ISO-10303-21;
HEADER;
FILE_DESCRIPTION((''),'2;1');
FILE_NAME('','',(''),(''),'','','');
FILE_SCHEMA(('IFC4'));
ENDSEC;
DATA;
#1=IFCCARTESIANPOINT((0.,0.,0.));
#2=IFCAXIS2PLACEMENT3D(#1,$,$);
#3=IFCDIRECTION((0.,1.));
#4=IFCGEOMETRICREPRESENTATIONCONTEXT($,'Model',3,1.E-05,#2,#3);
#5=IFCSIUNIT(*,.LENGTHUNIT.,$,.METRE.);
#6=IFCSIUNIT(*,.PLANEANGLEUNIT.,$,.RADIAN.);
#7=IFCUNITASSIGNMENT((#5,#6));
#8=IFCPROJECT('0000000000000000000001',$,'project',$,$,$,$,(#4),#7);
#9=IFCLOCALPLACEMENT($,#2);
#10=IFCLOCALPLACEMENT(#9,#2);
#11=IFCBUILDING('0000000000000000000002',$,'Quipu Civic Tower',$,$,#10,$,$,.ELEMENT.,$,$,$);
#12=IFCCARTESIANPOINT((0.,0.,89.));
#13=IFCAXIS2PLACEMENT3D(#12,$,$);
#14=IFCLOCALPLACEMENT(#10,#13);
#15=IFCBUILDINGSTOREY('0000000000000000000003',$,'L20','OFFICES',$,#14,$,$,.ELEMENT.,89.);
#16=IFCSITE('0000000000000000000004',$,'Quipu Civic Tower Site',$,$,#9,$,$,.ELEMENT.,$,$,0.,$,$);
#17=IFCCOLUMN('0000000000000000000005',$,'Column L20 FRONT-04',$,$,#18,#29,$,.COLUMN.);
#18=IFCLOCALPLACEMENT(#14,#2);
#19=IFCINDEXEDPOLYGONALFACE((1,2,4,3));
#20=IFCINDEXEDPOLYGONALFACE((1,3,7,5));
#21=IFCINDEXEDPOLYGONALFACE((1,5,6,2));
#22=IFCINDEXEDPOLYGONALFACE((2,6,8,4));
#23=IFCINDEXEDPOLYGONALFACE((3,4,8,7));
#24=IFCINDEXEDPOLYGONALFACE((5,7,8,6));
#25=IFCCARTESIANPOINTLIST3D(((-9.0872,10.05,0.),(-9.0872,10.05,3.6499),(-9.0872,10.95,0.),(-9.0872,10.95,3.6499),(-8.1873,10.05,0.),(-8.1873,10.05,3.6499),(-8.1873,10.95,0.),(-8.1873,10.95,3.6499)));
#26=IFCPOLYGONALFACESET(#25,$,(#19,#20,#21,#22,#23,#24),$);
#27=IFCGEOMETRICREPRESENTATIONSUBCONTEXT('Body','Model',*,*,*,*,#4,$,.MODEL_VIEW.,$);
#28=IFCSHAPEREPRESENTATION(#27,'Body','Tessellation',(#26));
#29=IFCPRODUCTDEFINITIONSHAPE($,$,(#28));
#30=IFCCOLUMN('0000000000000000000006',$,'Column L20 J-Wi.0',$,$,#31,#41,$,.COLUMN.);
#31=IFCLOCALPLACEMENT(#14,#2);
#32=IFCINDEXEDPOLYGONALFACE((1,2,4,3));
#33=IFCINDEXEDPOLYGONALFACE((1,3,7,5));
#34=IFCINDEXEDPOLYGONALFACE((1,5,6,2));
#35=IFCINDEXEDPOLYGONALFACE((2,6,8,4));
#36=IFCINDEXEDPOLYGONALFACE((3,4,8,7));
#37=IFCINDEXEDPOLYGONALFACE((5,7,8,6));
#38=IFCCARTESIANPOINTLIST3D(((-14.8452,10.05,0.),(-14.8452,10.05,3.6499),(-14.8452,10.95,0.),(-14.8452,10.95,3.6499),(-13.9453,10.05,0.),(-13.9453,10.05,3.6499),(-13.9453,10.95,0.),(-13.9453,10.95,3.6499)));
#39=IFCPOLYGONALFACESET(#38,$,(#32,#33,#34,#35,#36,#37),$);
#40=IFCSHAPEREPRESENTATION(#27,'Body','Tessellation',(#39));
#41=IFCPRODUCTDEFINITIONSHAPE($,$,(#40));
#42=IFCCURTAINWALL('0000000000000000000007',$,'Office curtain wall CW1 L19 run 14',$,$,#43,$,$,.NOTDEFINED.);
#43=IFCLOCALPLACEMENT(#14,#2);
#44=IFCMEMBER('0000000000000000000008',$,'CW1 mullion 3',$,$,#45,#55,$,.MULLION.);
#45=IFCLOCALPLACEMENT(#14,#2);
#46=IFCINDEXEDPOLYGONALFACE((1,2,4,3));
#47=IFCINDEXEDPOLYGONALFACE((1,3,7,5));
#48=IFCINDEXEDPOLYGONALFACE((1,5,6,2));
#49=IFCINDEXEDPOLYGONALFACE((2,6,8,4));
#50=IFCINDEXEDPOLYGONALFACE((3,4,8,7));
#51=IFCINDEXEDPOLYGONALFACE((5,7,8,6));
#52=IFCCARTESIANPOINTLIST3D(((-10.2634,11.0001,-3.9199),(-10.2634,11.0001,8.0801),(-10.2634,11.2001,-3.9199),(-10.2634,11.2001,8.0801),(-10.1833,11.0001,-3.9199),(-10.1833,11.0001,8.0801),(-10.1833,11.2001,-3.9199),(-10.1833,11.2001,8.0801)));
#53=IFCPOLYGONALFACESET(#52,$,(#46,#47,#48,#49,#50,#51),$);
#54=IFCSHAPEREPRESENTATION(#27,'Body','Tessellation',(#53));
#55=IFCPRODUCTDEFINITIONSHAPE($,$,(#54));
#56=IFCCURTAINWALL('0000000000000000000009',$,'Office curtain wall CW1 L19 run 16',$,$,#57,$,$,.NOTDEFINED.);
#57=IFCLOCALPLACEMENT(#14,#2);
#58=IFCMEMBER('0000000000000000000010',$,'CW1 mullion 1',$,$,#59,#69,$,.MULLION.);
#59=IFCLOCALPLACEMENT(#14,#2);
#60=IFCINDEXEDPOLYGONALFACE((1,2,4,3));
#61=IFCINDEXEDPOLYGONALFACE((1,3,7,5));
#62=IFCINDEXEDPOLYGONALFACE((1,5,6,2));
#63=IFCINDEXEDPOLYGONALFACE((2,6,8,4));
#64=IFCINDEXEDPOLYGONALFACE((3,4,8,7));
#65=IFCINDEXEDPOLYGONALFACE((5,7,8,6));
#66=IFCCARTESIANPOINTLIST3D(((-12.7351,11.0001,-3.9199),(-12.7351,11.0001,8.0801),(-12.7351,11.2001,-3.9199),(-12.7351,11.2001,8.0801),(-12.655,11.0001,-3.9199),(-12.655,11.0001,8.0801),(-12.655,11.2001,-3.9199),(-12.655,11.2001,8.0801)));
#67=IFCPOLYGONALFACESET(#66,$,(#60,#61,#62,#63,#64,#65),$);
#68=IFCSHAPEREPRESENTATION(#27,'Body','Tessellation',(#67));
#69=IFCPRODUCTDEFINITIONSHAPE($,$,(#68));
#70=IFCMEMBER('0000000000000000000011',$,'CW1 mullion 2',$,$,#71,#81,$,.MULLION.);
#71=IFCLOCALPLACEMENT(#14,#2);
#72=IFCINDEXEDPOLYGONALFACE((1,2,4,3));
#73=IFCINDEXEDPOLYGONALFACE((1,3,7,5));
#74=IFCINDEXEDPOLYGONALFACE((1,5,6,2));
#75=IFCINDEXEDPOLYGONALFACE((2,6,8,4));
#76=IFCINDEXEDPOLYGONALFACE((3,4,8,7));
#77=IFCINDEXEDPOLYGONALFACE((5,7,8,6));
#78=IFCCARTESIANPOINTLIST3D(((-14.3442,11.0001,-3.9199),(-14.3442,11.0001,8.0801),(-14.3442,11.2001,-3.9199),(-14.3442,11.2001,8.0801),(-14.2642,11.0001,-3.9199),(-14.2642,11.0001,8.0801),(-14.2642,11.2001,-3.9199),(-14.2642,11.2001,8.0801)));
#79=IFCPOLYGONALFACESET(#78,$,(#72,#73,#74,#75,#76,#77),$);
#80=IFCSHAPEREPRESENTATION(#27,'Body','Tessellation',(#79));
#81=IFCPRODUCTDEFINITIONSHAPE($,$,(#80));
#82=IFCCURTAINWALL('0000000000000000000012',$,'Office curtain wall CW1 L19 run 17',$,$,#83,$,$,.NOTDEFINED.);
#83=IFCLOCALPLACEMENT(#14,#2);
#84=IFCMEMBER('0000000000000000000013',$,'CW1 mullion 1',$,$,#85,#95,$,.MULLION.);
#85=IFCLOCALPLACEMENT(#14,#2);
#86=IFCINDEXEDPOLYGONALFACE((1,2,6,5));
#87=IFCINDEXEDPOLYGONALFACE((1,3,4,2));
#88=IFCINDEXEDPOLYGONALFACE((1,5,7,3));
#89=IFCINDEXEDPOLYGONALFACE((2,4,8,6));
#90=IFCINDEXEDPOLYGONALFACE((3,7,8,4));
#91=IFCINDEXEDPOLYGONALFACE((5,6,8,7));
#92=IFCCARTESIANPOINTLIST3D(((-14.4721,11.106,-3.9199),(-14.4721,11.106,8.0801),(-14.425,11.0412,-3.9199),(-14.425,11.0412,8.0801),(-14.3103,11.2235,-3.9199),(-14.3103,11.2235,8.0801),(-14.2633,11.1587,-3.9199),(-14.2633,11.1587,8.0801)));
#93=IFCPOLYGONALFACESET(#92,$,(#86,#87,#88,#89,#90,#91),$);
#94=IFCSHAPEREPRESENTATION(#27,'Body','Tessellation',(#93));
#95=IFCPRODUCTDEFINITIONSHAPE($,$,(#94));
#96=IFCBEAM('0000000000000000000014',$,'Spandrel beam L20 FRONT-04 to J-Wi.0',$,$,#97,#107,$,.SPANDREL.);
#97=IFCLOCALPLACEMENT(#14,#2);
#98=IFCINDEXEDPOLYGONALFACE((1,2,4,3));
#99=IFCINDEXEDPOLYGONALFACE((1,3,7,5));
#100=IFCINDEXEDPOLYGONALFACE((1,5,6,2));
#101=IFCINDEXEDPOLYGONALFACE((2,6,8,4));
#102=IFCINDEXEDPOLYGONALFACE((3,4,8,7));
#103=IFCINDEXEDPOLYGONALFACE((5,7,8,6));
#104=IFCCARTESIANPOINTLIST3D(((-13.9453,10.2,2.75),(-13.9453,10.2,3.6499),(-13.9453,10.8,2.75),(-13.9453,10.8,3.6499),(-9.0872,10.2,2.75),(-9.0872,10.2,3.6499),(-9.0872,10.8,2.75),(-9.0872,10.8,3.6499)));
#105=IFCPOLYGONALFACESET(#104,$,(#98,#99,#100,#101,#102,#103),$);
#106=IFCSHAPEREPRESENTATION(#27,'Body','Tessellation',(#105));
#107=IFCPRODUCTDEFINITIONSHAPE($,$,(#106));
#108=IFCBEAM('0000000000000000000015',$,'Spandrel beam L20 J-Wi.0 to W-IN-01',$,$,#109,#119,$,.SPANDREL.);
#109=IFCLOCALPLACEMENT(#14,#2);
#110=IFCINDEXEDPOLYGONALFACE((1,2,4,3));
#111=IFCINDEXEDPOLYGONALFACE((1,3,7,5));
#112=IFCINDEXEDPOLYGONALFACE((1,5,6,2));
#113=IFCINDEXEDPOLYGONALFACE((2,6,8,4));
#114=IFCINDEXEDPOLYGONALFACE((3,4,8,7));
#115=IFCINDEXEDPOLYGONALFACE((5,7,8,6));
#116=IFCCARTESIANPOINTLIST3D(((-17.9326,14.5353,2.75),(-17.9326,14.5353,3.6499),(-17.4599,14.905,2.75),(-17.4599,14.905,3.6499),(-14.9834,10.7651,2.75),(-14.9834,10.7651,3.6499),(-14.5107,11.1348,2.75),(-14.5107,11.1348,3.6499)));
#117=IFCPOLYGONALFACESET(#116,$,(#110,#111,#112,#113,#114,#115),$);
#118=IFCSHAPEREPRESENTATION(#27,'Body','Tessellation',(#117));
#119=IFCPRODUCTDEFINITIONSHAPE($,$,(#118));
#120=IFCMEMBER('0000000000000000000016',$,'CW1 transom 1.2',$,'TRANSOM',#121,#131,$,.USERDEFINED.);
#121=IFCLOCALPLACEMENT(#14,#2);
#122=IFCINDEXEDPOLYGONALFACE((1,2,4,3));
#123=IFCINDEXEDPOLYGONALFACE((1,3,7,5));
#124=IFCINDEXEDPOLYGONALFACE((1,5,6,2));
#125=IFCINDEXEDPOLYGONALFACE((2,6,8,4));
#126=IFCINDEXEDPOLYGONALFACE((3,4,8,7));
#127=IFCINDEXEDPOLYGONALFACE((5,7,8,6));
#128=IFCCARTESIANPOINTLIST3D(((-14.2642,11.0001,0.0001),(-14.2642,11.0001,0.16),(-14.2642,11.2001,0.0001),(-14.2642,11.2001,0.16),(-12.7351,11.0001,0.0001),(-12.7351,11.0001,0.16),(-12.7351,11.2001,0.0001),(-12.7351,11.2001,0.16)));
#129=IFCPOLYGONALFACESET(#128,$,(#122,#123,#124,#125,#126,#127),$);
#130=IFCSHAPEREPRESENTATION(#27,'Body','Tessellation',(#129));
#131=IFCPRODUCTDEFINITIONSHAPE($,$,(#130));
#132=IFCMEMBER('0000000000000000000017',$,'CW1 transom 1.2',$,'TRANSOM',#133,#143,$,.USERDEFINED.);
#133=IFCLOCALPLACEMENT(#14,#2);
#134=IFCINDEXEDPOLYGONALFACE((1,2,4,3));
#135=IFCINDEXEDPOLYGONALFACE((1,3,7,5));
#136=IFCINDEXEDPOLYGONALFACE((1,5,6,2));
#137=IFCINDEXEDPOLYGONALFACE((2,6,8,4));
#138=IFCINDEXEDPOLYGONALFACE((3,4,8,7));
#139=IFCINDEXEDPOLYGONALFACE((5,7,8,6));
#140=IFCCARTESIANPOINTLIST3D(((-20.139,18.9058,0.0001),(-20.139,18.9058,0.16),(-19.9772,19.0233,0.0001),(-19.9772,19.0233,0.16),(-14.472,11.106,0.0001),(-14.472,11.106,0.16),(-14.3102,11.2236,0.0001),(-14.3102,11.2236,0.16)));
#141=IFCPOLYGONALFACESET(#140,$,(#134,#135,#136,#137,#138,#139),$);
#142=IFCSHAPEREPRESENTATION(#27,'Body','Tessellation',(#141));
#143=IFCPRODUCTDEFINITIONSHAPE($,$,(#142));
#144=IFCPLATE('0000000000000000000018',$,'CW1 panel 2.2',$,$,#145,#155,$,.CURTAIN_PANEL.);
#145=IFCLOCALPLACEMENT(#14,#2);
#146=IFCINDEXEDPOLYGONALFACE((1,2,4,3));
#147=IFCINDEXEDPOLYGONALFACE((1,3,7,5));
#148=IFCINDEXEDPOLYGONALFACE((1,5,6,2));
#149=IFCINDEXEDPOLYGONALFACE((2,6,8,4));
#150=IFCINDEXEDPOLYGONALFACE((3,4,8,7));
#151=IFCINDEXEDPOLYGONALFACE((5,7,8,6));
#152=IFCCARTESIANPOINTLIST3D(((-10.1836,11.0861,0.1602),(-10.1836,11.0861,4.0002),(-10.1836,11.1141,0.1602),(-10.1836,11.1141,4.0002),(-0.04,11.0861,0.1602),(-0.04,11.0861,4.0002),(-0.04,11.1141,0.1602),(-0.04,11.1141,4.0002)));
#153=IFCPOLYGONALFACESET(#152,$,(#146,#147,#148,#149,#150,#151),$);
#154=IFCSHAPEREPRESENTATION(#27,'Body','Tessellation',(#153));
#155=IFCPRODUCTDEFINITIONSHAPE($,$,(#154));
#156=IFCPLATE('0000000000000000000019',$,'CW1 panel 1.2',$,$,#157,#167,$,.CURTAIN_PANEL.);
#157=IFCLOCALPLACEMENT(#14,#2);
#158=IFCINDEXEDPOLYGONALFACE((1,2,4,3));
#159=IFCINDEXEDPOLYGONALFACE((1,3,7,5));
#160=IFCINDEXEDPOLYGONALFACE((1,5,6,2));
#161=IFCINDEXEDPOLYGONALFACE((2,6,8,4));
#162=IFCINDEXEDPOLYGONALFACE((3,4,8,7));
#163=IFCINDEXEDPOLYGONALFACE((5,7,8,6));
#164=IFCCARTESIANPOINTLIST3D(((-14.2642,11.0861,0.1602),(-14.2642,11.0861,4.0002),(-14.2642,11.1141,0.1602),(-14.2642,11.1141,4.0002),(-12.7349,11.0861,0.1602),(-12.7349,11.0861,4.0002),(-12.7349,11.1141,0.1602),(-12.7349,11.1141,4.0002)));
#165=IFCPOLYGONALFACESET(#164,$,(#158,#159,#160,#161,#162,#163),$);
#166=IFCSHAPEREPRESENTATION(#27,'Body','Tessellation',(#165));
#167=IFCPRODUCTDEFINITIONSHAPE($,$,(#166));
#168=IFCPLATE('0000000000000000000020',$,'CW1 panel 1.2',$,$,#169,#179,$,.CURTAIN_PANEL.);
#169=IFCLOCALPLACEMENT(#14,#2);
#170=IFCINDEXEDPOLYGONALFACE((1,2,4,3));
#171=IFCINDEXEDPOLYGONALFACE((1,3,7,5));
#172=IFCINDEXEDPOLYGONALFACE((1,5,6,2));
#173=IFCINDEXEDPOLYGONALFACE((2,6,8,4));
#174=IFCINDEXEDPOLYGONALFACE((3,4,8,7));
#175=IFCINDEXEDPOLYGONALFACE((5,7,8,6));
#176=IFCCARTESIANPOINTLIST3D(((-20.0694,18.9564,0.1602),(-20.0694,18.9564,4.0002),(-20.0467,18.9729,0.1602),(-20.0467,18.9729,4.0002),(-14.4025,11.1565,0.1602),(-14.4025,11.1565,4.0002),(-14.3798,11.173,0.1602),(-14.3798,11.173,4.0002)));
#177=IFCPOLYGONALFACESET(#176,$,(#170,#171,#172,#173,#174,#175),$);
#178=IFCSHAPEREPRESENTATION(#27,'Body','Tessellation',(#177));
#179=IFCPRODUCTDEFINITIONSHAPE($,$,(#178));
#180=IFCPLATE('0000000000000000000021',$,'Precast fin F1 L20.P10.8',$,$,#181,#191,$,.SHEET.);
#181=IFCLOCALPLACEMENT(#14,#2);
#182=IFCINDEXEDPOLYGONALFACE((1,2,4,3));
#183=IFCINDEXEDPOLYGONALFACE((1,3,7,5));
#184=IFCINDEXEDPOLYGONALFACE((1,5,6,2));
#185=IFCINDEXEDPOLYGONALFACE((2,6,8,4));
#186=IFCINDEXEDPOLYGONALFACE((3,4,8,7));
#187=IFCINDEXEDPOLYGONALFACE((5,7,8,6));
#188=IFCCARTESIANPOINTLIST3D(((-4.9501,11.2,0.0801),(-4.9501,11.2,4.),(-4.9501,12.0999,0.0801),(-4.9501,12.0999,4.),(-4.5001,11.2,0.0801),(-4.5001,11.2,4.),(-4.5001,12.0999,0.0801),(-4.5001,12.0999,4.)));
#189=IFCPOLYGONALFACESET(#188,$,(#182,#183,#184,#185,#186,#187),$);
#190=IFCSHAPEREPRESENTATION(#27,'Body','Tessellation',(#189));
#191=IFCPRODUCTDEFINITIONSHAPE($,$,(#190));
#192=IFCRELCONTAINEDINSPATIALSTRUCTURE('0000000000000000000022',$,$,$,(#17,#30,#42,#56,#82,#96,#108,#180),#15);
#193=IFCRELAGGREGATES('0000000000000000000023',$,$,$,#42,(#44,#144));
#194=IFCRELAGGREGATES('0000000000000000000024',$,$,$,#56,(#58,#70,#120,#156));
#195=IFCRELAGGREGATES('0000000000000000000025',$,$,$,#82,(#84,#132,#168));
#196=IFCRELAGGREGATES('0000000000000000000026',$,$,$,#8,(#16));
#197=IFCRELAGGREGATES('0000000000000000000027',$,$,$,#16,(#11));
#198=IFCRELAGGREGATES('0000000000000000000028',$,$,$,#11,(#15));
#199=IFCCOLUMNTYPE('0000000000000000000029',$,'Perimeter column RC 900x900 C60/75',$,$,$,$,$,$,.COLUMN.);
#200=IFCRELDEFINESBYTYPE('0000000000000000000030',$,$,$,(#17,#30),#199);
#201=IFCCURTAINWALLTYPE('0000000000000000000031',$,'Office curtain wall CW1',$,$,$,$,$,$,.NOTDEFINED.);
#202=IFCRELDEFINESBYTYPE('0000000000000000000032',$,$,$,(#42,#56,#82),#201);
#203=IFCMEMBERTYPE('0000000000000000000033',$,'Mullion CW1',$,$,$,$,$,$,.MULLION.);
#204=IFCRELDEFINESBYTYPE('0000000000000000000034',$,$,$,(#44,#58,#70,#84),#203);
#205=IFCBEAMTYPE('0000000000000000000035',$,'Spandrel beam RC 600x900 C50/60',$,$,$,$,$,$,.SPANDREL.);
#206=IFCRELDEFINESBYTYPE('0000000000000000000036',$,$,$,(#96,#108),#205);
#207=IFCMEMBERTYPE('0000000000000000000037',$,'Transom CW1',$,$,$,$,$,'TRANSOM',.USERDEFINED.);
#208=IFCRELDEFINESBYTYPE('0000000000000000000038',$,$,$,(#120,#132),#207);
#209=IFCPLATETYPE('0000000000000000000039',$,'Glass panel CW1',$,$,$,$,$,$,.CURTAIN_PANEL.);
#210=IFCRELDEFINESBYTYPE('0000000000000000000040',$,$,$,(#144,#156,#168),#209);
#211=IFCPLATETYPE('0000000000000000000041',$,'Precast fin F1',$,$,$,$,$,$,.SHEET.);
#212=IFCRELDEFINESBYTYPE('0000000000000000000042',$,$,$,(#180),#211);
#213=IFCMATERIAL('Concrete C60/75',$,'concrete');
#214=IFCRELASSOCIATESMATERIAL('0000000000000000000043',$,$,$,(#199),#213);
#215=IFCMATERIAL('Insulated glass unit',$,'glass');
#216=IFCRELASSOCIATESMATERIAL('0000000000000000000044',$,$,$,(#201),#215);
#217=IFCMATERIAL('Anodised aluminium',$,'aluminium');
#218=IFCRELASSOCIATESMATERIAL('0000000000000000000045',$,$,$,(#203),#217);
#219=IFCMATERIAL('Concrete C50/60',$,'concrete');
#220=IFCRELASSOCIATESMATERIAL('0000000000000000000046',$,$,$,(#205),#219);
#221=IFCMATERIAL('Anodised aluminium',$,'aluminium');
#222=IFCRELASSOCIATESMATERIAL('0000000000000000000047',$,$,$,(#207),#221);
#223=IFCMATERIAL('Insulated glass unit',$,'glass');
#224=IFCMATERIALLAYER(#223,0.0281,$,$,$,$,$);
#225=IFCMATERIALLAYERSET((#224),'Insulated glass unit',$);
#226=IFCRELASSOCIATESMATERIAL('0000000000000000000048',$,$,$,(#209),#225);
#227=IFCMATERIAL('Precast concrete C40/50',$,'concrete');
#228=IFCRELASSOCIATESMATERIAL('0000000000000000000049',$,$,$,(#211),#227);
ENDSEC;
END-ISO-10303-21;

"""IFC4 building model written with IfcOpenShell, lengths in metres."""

from ifc_helpers import new_model, si_unit, direction, frame, origin, origin_2d, place, context, subcontext, project, spatial, rectangle, extrude, material, layer, layer_set, material_profile, profile_set, type_object, element, aggregate, save


model = new_model("IFC4")

# Units and contexts
model_context = context("Model", 3, precision=1e-05, world=origin(), true_north=direction((0.0, 1.0)))
body_context = subcontext(model_context, "Body", "Model", "MODEL_VIEW")
ifc_project = project(units=[si_unit("LENGTHUNIT", "METRE"), si_unit("PLANEANGLEUNIT", "RADIAN")], contexts=[model_context])

# Site, building, storey
site_placement = place(None, origin())
site = spatial("IfcSite", under=ifc_project, at=site_placement, Name="Quipu Civic Tower Site", CompositionType="ELEMENT", RefElevation=0.0)
building_placement = place(site_placement, origin())
building = spatial("IfcBuilding", under=site, at=building_placement, Name="Quipu Civic Tower", CompositionType="ELEMENT")
storey_placement = place(building_placement, frame((0.0, 0.0, 89.0)))
storey = spatial("IfcBuildingStorey", under=building, at=storey_placement, Name="L20", Description="OFFICES", CompositionType="ELEMENT", Elevation=89.0)

# Columns
ifc_material_1 = material(Name="Concrete C60/75", Category="concrete")
ifc_material_profile_1 = material_profile(ifc_material_1, rectangle(XDim=0.8999, YDim=0.8999, at=origin_2d()), Name="RC900x900")
ifc_profile_set_1 = profile_set([ifc_material_profile_1], Name="Concrete C60/75")
column_type = type_object("IfcColumnType", Name="Perimeter column RC 900x900 C60/75", PredefinedType="COLUMN", material=ifc_profile_set_1)
for number, where, z_axis, x_axis, name in (
    (1, (-8.6372, 10.5, 0.0), (0.0, 0.0, 1.0), (-1.0, 0.0, 0.0), "Column L20 FRONT-04"),
    (2, (-14.3953, 10.5, 0.0), (0.0, 0.0, 1.0), (-1.0, 0.0, 0.0), "Column L20 J-Wi.0"),
):
    element("IfcColumn", number, at=place(storey_placement, frame(where, z_axis=z_axis, x_axis=x_axis)), inside=storey, type_object=column_type, Name=name, PredefinedType="COLUMN", context=body_context, shape_type="SweptSolid", body=[
        extrude(rectangle(XDim=0.8999, YDim=0.8999, at=origin_2d()), origin(), (0.0, 0.0, 1.0), 3.6499),
    ])

# Curtain wall, member
ifc_material_2 = material(Name="Insulated glass unit", Category="glass")
curtain_wall_type = type_object("IfcCurtainWallType", Name="Office curtain wall CW1", PredefinedType="NOTDEFINED", material=ifc_material_2)
curtain_wall_1_placement = place(storey_placement, origin())
curtain_wall_1 = element("IfcCurtainWall", 3, at=curtain_wall_1_placement, inside=storey, type_object=curtain_wall_type, Name="Office curtain wall CW1 L19 run 14", PredefinedType="NOTDEFINED")
ifc_material_3 = material(Name="Anodised aluminium", Category="aluminium")
ifc_material_profile_2 = material_profile(ifc_material_3, rectangle(XDim=0.2, YDim=0.0801, at=origin_2d()), Name="RECT 200x80")
ifc_profile_set_2 = profile_set([ifc_material_profile_2], Name="Anodised aluminium")
member_type_1 = type_object("IfcMemberType", Name="Mullion CW1", PredefinedType="MULLION", material=ifc_profile_set_2)
member_1_placement = place(storey_placement, frame((-10.2234, 11.1001, -3.9199), z_axis=(0.0, 0.0, 1.0), x_axis=(0.0, -1.0, 0.0)))
member_1 = element("IfcMember", 4, at=member_1_placement, type_object=member_type_1, Name="CW1 mullion 3", PredefinedType="MULLION", context=body_context, shape_type="SweptSolid", body=[
    extrude(rectangle(XDim=0.2, YDim=0.0801, at=origin_2d()), origin(), (0.0, 0.0, 1.0), 12.0),
])

# Curtain wall, members
curtain_wall_2_placement = place(storey_placement, origin())
curtain_wall_2 = element("IfcCurtainWall", 5, at=curtain_wall_2_placement, inside=storey, type_object=curtain_wall_type, Name="Office curtain wall CW1 L19 run 16", PredefinedType="NOTDEFINED")
member_2_placement = place(storey_placement, frame((-12.6951, 11.1001, -3.9199), z_axis=(0.0, 0.0, 1.0), x_axis=(0.0, -1.0, 0.0)))
member_2 = element("IfcMember", 6, at=member_2_placement, type_object=member_type_1, Name="CW1 mullion 1", PredefinedType="MULLION", context=body_context, shape_type="SweptSolid", body=[
    extrude(rectangle(XDim=0.2, YDim=0.0801, at=origin_2d()), origin(), (0.0, 0.0, 1.0), 12.0),
])
member_3_placement = place(storey_placement, frame((-14.3042, 11.1001, -3.9199), z_axis=(0.0, 0.0, 1.0), x_axis=(0.0, -1.0, 0.0)))
member_3 = element("IfcMember", 7, at=member_3_placement, type_object=member_type_1, Name="CW1 mullion 2", PredefinedType="MULLION", context=body_context, shape_type="SweptSolid", body=[
    extrude(rectangle(XDim=0.2, YDim=0.0801, at=origin_2d()), origin(), (0.0, 0.0, 1.0), 12.0),
])

# Curtain wall, member
curtain_wall_3_placement = place(storey_placement, origin())
curtain_wall_3 = element("IfcCurtainWall", 8, at=curtain_wall_3_placement, inside=storey, type_object=curtain_wall_type, Name="Office curtain wall CW1 L19 run 17", PredefinedType="NOTDEFINED")
member_4_placement = place(storey_placement, frame((-14.3677, 11.1323, -3.9199), z_axis=(0.0, 0.0, 1.0), x_axis=(-0.809017, -0.587786, 0.0)))
member_4 = element("IfcMember", 9, at=member_4_placement, type_object=member_type_1, Name="CW1 mullion 1", PredefinedType="MULLION", context=body_context, shape_type="SweptSolid", body=[
    extrude(rectangle(XDim=0.2, YDim=0.0801, at=origin_2d()), origin(), (0.0, 0.0, 1.0), 12.0),
])

# Beams
ifc_material_4 = material(Name="Concrete C50/60", Category="concrete")
ifc_material_profile_3 = material_profile(ifc_material_4, rectangle(XDim=0.6001, YDim=0.8999, at=origin_2d()), Name="RC600x900")
ifc_profile_set_3 = profile_set([ifc_material_profile_3], Name="Concrete C50/60")
beam_type = type_object("IfcBeamType", Name="Spandrel beam RC 600x900 C50/60", PredefinedType="SPANDREL", material=ifc_profile_set_3)
beam_1_placement = place(storey_placement, frame((-9.0872, 10.5, 3.2), z_axis=(-1.0, 0.0, 0.0), x_axis=(0.0, -1.0, 0.0)))
element("IfcBeam", 10, at=beam_1_placement, inside=storey, type_object=beam_type, Name="Spandrel beam L20 FRONT-04 to J-Wi.0", PredefinedType="SPANDREL", context=body_context, shape_type="SweptSolid", body=[
    extrude(rectangle(XDim=0.6001, YDim=0.8999, at=origin_2d()), origin(), (0.0, 0.0, 1.0), 4.8582),
])
beam_2_placement = place(storey_placement, frame((-14.7471, 10.95, 3.2), z_axis=(-0.616124, 0.787649, 0.0), x_axis=(-0.787649, -0.616124, 0.0)))
element("IfcBeam", 11, at=beam_2_placement, inside=storey, type_object=beam_type, Name="Spandrel beam L20 J-Wi.0 to W-IN-01", PredefinedType="SPANDREL", context=body_context, shape_type="SweptSolid", body=[
    extrude(rectangle(XDim=0.6001, YDim=0.8999, at=origin_2d()), origin(), (0.0, 0.0, 1.0), 4.7866),
])

# Members
ifc_material_5 = material(Name="Anodised aluminium", Category="aluminium")
ifc_material_profile_4 = material_profile(ifc_material_5, rectangle(XDim=0.2, YDim=0.1599, at=origin_2d()), Name="RECT 200x160")
ifc_profile_set_4 = profile_set([ifc_material_profile_4], Name="Anodised aluminium")
member_type_2 = type_object("IfcMemberType", Name="Transom CW1", ElementType="TRANSOM", PredefinedType="USERDEFINED", material=ifc_profile_set_4)
member_5_placement = place(storey_placement, frame((-12.7351, 11.1001, 0.0801), z_axis=(-1.0, 0.0, 0.0), x_axis=(0.0, -1.0, 0.0)))
member_5 = element("IfcMember", 12, at=member_5_placement, type_object=member_type_2, Name="CW1 transom 1.2", ObjectType="TRANSOM", PredefinedType="USERDEFINED", context=body_context, shape_type="SweptSolid", body=[
    extrude(rectangle(XDim=0.2, YDim=0.1599, at=origin_2d()), origin(), (0.0, 0.0, 1.0), 1.5291),
])
member_6_placement = place(storey_placement, frame((-14.3911, 11.1648, 0.0801), z_axis=(-0.587792, 0.809012, 0.0), x_axis=(-0.809012, -0.587792, 0.0)))
member_6 = element("IfcMember", 13, at=member_6_placement, type_object=member_type_2, Name="CW1 transom 1.2", ObjectType="TRANSOM", PredefinedType="USERDEFINED", context=body_context, shape_type="SweptSolid", body=[
    extrude(rectangle(XDim=0.2, YDim=0.1599, at=origin_2d()), origin(), (0.0, 0.0, 1.0), 9.6411),
])

# Plates
ifc_material_6 = material(Name="Insulated glass unit", Category="glass")
ifc_layer_1 = layer(ifc_material_6, 0.0281)
ifc_layer_set_1 = layer_set([ifc_layer_1], Name="Insulated glass unit")
plate_type_1 = type_object("IfcPlateType", Name="Glass panel CW1", PredefinedType="CURTAIN_PANEL", material=ifc_layer_set_1)
plate_1_placement = place(storey_placement, frame((-5.1118, 11.1001, 0.1602), z_axis=(0.0, 0.0, 1.0), x_axis=(-1.0, 0.0, 0.0)))
plate_1 = element("IfcPlate", 14, at=plate_1_placement, type_object=plate_type_1, Name="CW1 panel 2.2", PredefinedType="CURTAIN_PANEL", context=body_context, shape_type="SweptSolid", body=[
    extrude(rectangle(XDim=10.1436, YDim=0.0281, at=origin_2d()), origin(), (0.0, 0.0, 1.0), 3.8401),
])
aggregate(curtain_wall_1, [member_1, plate_1])
plate_2_placement = place(storey_placement, frame((-13.4995, 11.1001, 0.1602), z_axis=(0.0, 0.0, 1.0), x_axis=(-1.0, 0.0, 0.0)))
plate_2 = element("IfcPlate", 15, at=plate_2_placement, type_object=plate_type_1, Name="CW1 panel 1.2", PredefinedType="CURTAIN_PANEL", context=body_context, shape_type="SweptSolid", body=[
    extrude(rectangle(XDim=1.5293, YDim=0.0281, at=origin_2d()), origin(), (0.0, 0.0, 1.0), 3.8401),
])
aggregate(curtain_wall_2, [member_2, member_3, member_5, plate_2])
plate_3_placement = place(storey_placement, frame((-17.2246, 15.0647, 0.1602), z_axis=(0.0, 0.0, 1.0), x_axis=(-0.587786, 0.809017, 0.0)))
plate_3 = element("IfcPlate", 16, at=plate_3_placement, type_object=plate_type_1, Name="CW1 panel 1.2", PredefinedType="CURTAIN_PANEL", context=body_context, shape_type="SweptSolid", body=[
    extrude(rectangle(XDim=9.6411, YDim=0.0281, at=origin_2d()), origin(), (0.0, 0.0, 1.0), 3.8401),
])
aggregate(curtain_wall_3, [member_4, member_6, plate_3])

# Plate
ifc_material_7 = material(Name="Precast concrete C40/50", Category="concrete")
plate_type_2 = type_object("IfcPlateType", Name="Precast fin F1", PredefinedType="SHEET", material=ifc_material_7)
for number, where, z_axis, x_axis, name in (
    (17, (-4.7251, 11.6499, 0.0801), (0.0, 0.0, 1.0), (-1.0, 0.0, 0.0), "Precast fin F1 L20.P10.8"),
):
    element("IfcPlate", number, at=place(storey_placement, frame(where, z_axis=z_axis, x_axis=x_axis)), inside=storey, type_object=plate_type_2, Name=name, PredefinedType="SHEET", context=body_context, shape_type="SweptSolid", body=[
        extrude(rectangle(XDim=0.45, YDim=0.8999, at=origin_2d()), origin(), (0.0, 0.0, 1.0), 3.9199),
    ])

save(model, "model.ifc")
